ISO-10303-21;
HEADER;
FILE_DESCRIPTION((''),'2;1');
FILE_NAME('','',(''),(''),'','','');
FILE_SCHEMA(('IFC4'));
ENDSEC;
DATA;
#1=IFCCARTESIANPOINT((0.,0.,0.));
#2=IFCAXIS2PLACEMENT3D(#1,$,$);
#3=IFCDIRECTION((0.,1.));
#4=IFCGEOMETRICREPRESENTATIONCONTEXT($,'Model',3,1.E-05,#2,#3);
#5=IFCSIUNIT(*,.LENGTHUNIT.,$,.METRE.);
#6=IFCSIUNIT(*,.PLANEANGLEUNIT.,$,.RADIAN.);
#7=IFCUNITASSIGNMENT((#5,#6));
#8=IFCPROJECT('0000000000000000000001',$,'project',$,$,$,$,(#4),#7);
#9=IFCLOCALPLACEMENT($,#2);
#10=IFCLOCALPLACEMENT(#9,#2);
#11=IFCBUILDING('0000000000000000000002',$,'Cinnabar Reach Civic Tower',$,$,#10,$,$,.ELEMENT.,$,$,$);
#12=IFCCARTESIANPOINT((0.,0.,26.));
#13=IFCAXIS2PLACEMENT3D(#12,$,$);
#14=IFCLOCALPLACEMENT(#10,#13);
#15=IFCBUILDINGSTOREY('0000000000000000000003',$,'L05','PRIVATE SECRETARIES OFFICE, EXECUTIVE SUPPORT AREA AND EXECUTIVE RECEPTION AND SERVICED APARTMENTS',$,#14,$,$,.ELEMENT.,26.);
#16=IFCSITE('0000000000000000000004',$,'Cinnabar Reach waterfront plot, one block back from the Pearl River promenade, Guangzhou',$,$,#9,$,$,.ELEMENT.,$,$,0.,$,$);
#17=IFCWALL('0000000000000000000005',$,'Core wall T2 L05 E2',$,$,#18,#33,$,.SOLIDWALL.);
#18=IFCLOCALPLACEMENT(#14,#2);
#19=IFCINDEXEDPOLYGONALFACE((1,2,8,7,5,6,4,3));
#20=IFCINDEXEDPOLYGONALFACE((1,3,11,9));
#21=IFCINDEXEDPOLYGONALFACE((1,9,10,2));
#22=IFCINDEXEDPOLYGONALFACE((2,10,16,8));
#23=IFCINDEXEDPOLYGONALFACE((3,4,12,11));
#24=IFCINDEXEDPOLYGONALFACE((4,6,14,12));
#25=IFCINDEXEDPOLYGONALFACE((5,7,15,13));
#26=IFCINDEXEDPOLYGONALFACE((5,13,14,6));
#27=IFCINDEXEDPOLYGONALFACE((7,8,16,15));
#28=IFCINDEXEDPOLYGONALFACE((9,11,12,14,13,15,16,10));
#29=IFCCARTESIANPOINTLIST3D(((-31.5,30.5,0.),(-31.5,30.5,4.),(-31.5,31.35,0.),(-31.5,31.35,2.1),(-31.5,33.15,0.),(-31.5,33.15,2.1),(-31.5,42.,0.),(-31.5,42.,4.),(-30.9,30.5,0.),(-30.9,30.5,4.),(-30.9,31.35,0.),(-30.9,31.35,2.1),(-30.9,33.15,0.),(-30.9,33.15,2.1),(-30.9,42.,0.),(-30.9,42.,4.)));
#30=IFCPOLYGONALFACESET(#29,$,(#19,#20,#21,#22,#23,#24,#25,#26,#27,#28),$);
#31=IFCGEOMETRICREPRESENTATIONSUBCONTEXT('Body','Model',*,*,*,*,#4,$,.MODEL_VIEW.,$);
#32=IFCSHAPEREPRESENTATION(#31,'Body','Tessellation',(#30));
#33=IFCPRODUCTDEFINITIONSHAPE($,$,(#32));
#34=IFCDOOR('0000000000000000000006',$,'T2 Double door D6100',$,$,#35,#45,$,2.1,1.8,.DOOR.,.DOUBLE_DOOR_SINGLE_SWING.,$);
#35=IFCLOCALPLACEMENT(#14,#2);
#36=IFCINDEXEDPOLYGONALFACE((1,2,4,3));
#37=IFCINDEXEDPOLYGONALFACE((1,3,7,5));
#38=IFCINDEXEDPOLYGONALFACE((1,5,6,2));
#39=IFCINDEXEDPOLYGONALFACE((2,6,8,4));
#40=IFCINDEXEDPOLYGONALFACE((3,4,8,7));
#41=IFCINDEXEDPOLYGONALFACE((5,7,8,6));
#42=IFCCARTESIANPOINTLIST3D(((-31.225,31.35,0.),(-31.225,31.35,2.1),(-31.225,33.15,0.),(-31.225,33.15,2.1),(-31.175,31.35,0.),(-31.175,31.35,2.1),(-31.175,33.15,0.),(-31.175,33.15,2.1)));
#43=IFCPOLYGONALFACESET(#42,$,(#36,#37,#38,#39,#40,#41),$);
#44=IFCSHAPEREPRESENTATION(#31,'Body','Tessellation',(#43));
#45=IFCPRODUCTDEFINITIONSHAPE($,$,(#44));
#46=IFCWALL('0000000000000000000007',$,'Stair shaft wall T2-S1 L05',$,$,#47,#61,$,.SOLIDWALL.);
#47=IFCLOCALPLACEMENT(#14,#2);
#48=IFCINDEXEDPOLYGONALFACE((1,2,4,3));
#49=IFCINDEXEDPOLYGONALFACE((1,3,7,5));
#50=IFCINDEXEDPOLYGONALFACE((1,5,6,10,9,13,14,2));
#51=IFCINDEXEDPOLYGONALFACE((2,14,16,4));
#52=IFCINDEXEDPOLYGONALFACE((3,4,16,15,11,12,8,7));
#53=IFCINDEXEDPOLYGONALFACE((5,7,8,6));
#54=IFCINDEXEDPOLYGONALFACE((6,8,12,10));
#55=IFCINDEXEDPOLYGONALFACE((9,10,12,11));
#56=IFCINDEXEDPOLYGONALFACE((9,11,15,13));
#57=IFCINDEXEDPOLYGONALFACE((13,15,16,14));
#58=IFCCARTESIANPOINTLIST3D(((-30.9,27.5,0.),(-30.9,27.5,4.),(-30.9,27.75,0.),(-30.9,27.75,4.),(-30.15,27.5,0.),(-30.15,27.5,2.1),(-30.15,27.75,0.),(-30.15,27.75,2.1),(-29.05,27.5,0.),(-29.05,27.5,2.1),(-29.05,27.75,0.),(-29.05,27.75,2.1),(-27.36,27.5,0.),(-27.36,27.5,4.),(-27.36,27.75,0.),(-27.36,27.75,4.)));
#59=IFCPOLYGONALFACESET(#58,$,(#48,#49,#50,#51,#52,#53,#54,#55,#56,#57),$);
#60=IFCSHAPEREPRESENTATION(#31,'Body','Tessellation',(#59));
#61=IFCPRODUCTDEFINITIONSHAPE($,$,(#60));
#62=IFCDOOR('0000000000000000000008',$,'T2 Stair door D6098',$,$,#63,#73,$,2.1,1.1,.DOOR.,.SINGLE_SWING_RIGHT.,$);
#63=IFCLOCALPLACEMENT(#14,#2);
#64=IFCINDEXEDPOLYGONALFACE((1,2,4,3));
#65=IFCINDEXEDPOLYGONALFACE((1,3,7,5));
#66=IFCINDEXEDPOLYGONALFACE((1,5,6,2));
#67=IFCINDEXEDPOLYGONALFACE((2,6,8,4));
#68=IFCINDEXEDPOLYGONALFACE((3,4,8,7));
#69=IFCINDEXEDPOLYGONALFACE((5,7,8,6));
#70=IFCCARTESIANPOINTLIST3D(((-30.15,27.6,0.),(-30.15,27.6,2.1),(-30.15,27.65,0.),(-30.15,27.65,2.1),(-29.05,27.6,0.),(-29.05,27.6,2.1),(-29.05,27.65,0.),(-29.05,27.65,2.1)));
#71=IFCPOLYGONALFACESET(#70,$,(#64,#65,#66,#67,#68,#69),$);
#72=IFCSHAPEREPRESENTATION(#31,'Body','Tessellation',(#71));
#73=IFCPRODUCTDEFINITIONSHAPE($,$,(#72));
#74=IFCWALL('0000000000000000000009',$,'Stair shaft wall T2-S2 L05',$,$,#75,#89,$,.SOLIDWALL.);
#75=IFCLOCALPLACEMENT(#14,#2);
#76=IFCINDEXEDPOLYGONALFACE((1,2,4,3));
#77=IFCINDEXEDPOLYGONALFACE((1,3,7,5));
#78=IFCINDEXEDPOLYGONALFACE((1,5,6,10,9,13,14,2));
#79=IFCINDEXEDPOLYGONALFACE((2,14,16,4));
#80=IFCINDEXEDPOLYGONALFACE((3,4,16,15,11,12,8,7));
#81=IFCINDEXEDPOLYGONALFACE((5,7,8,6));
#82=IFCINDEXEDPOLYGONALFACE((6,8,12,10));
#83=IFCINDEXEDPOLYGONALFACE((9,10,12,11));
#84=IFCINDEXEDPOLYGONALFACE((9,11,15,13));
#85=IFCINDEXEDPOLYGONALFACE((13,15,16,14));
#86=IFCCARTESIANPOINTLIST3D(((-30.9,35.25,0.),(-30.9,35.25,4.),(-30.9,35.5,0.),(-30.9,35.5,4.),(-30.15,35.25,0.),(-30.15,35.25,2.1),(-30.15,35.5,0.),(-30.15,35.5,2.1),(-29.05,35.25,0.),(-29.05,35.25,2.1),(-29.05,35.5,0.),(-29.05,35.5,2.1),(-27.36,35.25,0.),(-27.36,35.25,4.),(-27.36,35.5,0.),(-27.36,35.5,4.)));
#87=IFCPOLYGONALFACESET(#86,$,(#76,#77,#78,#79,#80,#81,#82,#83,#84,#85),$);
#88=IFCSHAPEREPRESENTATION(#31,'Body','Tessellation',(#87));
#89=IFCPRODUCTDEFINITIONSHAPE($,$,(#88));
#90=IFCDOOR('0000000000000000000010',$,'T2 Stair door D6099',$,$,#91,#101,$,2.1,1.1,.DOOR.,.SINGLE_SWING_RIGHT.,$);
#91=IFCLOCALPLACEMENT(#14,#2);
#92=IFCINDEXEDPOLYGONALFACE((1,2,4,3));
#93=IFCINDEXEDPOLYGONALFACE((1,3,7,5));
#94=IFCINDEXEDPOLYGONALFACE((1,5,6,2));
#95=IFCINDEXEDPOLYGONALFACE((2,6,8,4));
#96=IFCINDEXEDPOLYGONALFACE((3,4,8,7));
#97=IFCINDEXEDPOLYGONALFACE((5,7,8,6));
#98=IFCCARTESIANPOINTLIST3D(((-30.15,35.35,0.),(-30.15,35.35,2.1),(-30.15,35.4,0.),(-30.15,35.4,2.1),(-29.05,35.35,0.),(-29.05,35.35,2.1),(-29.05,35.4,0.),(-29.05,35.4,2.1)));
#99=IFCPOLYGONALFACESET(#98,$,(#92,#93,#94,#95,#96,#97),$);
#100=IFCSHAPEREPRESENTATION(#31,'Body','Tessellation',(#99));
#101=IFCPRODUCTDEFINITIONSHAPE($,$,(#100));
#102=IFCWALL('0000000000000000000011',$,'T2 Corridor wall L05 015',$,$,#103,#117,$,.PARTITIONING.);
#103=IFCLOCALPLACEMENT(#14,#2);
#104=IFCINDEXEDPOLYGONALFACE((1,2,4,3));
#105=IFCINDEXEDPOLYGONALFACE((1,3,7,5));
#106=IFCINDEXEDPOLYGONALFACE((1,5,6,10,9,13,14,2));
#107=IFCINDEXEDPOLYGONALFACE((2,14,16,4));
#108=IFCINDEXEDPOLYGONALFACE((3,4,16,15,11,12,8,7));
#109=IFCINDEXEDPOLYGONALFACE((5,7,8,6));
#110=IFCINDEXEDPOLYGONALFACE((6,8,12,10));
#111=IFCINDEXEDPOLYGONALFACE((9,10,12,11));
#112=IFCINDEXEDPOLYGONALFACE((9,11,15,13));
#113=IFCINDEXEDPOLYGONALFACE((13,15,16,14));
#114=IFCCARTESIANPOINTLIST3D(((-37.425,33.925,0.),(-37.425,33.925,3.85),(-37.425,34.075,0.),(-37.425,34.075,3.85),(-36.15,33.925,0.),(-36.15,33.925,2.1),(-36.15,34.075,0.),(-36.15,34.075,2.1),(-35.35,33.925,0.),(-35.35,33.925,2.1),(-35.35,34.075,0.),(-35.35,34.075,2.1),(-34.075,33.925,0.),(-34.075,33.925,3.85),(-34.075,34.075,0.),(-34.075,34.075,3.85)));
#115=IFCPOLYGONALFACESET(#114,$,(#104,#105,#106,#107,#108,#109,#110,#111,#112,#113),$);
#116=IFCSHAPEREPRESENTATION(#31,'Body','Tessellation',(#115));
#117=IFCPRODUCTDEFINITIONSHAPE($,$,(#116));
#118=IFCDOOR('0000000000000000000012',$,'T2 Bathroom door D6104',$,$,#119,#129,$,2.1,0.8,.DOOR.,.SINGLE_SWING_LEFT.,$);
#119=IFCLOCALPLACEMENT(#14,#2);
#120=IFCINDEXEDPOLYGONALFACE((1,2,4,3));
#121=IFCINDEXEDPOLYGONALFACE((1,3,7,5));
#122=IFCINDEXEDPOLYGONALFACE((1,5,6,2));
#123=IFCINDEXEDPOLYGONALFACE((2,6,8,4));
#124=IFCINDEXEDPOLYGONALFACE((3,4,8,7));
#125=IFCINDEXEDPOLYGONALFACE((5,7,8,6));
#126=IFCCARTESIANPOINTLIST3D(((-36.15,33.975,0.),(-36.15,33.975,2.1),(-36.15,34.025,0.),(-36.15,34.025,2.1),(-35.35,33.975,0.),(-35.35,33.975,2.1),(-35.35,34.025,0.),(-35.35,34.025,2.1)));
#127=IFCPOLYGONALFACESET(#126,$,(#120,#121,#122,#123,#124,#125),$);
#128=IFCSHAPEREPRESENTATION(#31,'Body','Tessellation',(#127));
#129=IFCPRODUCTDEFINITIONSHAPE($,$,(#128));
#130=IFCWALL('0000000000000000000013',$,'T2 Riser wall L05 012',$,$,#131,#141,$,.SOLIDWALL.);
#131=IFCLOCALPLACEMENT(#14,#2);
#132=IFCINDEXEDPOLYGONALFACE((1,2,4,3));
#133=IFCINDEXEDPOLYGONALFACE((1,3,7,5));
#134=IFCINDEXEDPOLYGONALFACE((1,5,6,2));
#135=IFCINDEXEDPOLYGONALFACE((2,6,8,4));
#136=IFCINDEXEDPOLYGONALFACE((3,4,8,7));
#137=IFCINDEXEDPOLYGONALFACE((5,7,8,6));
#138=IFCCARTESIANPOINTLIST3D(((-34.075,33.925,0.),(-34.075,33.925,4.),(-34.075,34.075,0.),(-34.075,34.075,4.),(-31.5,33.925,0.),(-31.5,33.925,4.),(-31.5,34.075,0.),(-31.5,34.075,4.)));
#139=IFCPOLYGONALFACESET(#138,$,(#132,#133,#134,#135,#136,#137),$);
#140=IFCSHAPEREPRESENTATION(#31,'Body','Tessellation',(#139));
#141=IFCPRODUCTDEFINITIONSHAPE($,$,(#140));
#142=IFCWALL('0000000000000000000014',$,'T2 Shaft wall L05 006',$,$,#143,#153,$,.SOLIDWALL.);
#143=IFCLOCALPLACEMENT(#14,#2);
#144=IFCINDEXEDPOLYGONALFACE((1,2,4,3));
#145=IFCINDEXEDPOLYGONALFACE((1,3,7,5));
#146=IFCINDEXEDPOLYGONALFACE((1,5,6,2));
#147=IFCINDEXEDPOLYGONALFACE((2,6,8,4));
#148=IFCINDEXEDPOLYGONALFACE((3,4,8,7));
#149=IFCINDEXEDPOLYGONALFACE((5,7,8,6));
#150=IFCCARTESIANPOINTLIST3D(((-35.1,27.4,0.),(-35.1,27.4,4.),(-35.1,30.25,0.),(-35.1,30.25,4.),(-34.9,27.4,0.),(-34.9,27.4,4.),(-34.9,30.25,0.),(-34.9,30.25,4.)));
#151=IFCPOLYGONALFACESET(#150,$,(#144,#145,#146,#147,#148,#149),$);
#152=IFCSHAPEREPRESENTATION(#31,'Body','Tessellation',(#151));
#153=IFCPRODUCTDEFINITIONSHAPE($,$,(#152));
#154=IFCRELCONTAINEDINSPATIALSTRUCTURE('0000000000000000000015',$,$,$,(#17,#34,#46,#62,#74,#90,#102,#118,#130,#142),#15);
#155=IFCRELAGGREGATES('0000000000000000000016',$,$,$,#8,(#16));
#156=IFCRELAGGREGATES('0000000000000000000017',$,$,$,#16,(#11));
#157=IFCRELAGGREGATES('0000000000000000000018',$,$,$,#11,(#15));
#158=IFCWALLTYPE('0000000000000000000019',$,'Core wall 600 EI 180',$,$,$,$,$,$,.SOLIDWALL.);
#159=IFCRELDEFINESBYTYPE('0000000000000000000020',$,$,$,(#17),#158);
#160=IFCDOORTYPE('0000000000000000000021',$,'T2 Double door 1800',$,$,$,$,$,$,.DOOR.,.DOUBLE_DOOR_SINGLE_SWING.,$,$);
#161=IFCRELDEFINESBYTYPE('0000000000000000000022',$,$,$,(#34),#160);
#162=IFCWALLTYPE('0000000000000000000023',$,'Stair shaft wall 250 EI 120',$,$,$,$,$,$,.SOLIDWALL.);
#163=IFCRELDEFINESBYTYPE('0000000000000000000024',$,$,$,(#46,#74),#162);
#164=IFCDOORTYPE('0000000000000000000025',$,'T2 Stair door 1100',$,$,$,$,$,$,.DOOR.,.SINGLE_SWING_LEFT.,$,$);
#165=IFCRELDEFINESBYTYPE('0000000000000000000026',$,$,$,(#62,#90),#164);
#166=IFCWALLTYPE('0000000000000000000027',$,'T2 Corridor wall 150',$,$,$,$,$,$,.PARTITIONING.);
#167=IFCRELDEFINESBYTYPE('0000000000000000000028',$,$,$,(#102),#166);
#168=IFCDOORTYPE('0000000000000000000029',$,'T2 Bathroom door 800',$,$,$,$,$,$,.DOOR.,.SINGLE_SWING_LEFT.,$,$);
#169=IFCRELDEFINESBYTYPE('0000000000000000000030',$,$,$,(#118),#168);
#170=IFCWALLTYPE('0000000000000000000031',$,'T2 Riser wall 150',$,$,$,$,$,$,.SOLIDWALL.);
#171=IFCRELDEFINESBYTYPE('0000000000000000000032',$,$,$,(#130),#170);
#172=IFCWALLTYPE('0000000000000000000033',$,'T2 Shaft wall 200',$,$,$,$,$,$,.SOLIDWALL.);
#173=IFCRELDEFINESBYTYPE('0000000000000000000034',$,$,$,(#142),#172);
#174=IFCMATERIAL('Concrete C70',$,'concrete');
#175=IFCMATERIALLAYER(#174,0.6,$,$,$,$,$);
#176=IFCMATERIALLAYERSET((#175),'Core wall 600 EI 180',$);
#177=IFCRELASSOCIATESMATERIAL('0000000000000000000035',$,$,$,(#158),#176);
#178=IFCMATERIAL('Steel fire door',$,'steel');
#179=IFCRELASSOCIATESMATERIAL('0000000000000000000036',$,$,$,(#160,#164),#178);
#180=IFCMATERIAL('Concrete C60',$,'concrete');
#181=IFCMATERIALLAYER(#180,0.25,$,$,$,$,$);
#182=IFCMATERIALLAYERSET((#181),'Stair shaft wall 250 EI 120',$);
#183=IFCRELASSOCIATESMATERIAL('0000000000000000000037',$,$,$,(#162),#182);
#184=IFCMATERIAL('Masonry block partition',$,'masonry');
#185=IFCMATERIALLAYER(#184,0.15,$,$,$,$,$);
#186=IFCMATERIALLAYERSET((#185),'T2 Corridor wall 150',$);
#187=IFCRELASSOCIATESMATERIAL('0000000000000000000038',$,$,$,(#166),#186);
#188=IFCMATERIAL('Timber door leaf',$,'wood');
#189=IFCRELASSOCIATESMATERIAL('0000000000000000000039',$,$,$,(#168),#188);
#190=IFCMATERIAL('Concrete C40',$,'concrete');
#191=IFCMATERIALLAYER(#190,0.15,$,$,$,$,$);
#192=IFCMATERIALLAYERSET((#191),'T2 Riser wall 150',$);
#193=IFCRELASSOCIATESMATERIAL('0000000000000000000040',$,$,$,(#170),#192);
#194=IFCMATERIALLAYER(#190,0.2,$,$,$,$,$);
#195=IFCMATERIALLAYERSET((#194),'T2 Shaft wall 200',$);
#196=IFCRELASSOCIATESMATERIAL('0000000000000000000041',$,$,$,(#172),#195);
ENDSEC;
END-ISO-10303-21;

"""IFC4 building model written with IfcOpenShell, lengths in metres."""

from ifc_helpers import new_model, si_unit, direction, frame, frame_2d, origin, place, context, subcontext, project, spatial, rectangle, extrude, material, layer, layer_set, type_object, element, fill, save


model = new_model("IFC4")

# Units and contexts
model_context = context("Model", 3, precision=1e-05, world=origin(), true_north=direction((0.0, 1.0)))
body_context = subcontext(model_context, "Body", "Model", "MODEL_VIEW")
ifc_project = project(units=[si_unit("LENGTHUNIT", "METRE"), si_unit("PLANEANGLEUNIT", "RADIAN")], contexts=[model_context])

# Site, building, storey
site_placement = place(None, origin())
site = spatial("IfcSite", under=ifc_project, at=site_placement, Name="Cinnabar Reach waterfront plot, one block back from the Pearl River promenade, Guangzhou", CompositionType="ELEMENT", RefElevation=0.0)
building_placement = place(site_placement, origin())
building = spatial("IfcBuilding", under=site, at=building_placement, Name="Cinnabar Reach Civic Tower", CompositionType="ELEMENT")
storey_placement = place(building_placement, frame((0.0, 0.0, 26.0)))
storey = spatial("IfcBuildingStorey", under=building, at=storey_placement, Name="L05", Description="PRIVATE SECRETARIES OFFICE, EXECUTIVE SUPPORT AREA AND EXECUTIVE RECEPTION AND SERVICED APARTMENTS", CompositionType="ELEMENT", Elevation=26.0)

# Shared definitions
ifc_material_1 = material(Name="Concrete C70", Category="concrete")

# Walls, openings, doors
ifc_layer_1 = layer(ifc_material_1, 0.6)
ifc_layer_set_1 = layer_set([ifc_layer_1], Name="Core wall 600 EI 180")
wall_type_1 = type_object("IfcWallType", Name="Core wall 600 EI 180", PredefinedType="SOLIDWALL", material=ifc_layer_set_1)
wall_1_placement = place(storey_placement, frame((-31.2, 30.5, 0.0), z_axis=(0.0, 0.0, 1.0), x_axis=(0.0, 1.0, 0.0)))
wall_1 = element("IfcWall", 1, at=wall_1_placement, inside=storey, type_object=wall_type_1, Name="Core wall T2 L05 E2", PredefinedType="SOLIDWALL", context=body_context, shape_type="SweptSolid", body=[
    extrude(rectangle(XDim=11.5, YDim=0.6, at=frame_2d((5.75, 0.0))), origin(), (0.0, 0.0, 1.0), 4.0),
])
opening_1_placement = place(wall_1_placement, frame((0.85, 0.0, 0.0)))
opening_1 = element("IfcOpeningElement", 2, at=opening_1_placement, cuts=wall_1, PredefinedType="OPENING", context=body_context, shape_type="SweptSolid", body=[
    extrude(rectangle(XDim=1.8, YDim=2.1, at=frame_2d((0.9, 1.05))), frame((0.0, 0.31, 0.0), z_axis=(0.0, -1.0, 0.0), x_axis=(1.0, 0.0, 0.0)), (0.0, 0.0, 1.0), 0.62),
])
ifc_material_2 = material(Name="Steel fire door", Category="steel")
door_type_1 = type_object("IfcDoorType", Name="T2 Double door 1800", OperationType="DOUBLE_DOOR_SINGLE_SWING", PredefinedType="DOOR", material=ifc_material_2)
door_1_placement = place(opening_1_placement, origin())
door_1 = element("IfcDoor", 3, at=door_1_placement, inside=storey, type_object=door_type_1, Name="T2 Double door D6100", OperationType="DOUBLE_DOOR_SINGLE_SWING", OverallHeight=2.1, OverallWidth=1.8, PredefinedType="DOOR", context=body_context, shape_type="SweptSolid", body=[
    extrude(rectangle(XDim=1.8, YDim=2.1, at=frame_2d((0.9, 1.05))), frame((0.0, 0.025, 0.0), z_axis=(0.0, -1.0, 0.0), x_axis=(1.0, 0.0, 0.0)), (0.0, 0.0, 1.0), 0.05),
])
fill(opening_1, door_1)
ifc_material_3 = material(Name="Concrete C60", Category="concrete")
ifc_layer_2 = layer(ifc_material_3, 0.25)
ifc_layer_set_2 = layer_set([ifc_layer_2], Name="Stair shaft wall 250 EI 120")
wall_type_2 = type_object("IfcWallType", Name="Stair shaft wall 250 EI 120", PredefinedType="SOLIDWALL", material=ifc_layer_set_2)
wall_2_placement = place(storey_placement, frame((-27.36, 27.625, 0.0), z_axis=(0.0, 0.0, 1.0), x_axis=(-1.0, 0.0, 0.0)))
wall_2 = element("IfcWall", 4, at=wall_2_placement, inside=storey, type_object=wall_type_2, Name="Stair shaft wall T2-S1 L05", PredefinedType="SOLIDWALL", context=body_context, shape_type="SweptSolid", body=[
    extrude(rectangle(XDim=3.54, YDim=0.25, at=frame_2d((1.77, 0.0))), origin(), (0.0, 0.0, 1.0), 4.0),
])
opening_2_placement = place(wall_2_placement, frame((1.69, 0.0, 0.0)))
opening_2 = element("IfcOpeningElement", 5, at=opening_2_placement, cuts=wall_2, PredefinedType="OPENING", context=body_context, shape_type="SweptSolid", body=[
    extrude(rectangle(XDim=1.1, YDim=2.1, at=frame_2d((0.55, 1.05))), frame((0.0, 0.135, 0.0), z_axis=(0.0, -1.0, 0.0), x_axis=(1.0, 0.0, 0.0)), (0.0, 0.0, 1.0), 0.27),
])
door_type_2 = type_object("IfcDoorType", Name="T2 Stair door 1100", OperationType="SINGLE_SWING_LEFT", PredefinedType="DOOR", material=ifc_material_2)
door_2_placement = place(opening_2_placement, origin())
door_2 = element("IfcDoor", 6, at=door_2_placement, inside=storey, type_object=door_type_2, Name="T2 Stair door D6098", OperationType="SINGLE_SWING_RIGHT", OverallHeight=2.1, OverallWidth=1.1, PredefinedType="DOOR", context=body_context, shape_type="SweptSolid", body=[
    extrude(rectangle(XDim=1.1, YDim=2.1, at=frame_2d((0.55, 1.05))), frame((0.0, 0.025, 0.0), z_axis=(0.0, -1.0, 0.0), x_axis=(1.0, 0.0, 0.0)), (0.0, 0.0, 1.0), 0.05),
])
fill(opening_2, door_2)
wall_3_placement = place(storey_placement, frame((-30.9, 35.375, 0.0), z_axis=(0.0, 0.0, 1.0), x_axis=(1.0, 0.0, 0.0)))
wall_3 = element("IfcWall", 7, at=wall_3_placement, inside=storey, type_object=wall_type_2, Name="Stair shaft wall T2-S2 L05", PredefinedType="SOLIDWALL", context=body_context, shape_type="SweptSolid", body=[
    extrude(rectangle(XDim=3.54, YDim=0.25, at=frame_2d((1.77, 0.0))), origin(), (0.0, 0.0, 1.0), 4.0),
])
opening_3_placement = place(wall_3_placement, frame((0.75, 0.0, 0.0)))
opening_3 = element("IfcOpeningElement", 8, at=opening_3_placement, cuts=wall_3, PredefinedType="OPENING", context=body_context, shape_type="SweptSolid", body=[
    extrude(rectangle(XDim=1.1, YDim=2.1, at=frame_2d((0.55, 1.05))), frame((0.0, 0.135, 0.0), z_axis=(0.0, -1.0, 0.0), x_axis=(1.0, 0.0, 0.0)), (0.0, 0.0, 1.0), 0.27),
])
door_3_placement = place(opening_3_placement, origin())
door_3 = element("IfcDoor", 9, at=door_3_placement, inside=storey, type_object=door_type_2, Name="T2 Stair door D6099", OperationType="SINGLE_SWING_RIGHT", OverallHeight=2.1, OverallWidth=1.1, PredefinedType="DOOR", context=body_context, shape_type="SweptSolid", body=[
    extrude(rectangle(XDim=1.1, YDim=2.1, at=frame_2d((0.55, 1.05))), frame((0.0, 0.025, 0.0), z_axis=(0.0, -1.0, 0.0), x_axis=(1.0, 0.0, 0.0)), (0.0, 0.0, 1.0), 0.05),
])
fill(opening_3, door_3)
ifc_material_4 = material(Name="Masonry block partition", Category="masonry")
ifc_layer_3 = layer(ifc_material_4, 0.15)
ifc_layer_set_3 = layer_set([ifc_layer_3], Name="T2 Corridor wall 150")
wall_type_3 = type_object("IfcWallType", Name="T2 Corridor wall 150", PredefinedType="PARTITIONING", material=ifc_layer_set_3)
wall_4_placement = place(storey_placement, frame((-34.075, 34.0, 0.0), z_axis=(0.0, 0.0, 1.0), x_axis=(-1.0, 0.0, 0.0)))
wall_4 = element("IfcWall", 10, at=wall_4_placement, inside=storey, type_object=wall_type_3, Name="T2 Corridor wall L05 015", PredefinedType="PARTITIONING", context=body_context, shape_type="SweptSolid", body=[
    extrude(rectangle(XDim=3.35, YDim=0.15, at=frame_2d((1.675, 0.0))), origin(), (0.0, 0.0, 1.0), 3.85),
])
opening_4_placement = place(wall_4_placement, frame((1.275, 0.0, 0.0)))
opening_4 = element("IfcOpeningElement", 11, at=opening_4_placement, cuts=wall_4, PredefinedType="OPENING", context=body_context, shape_type="SweptSolid", body=[
    extrude(rectangle(XDim=0.8, YDim=2.1, at=frame_2d((0.4, 1.05))), frame((0.0, 0.085, 0.0), z_axis=(0.0, -1.0, 0.0), x_axis=(1.0, 0.0, 0.0)), (0.0, 0.0, 1.0), 0.17),
])
ifc_material_5 = material(Name="Timber door leaf", Category="wood")
door_type_3 = type_object("IfcDoorType", Name="T2 Bathroom door 800", OperationType="SINGLE_SWING_LEFT", PredefinedType="DOOR", material=ifc_material_5)
door_4_placement = place(opening_4_placement, frame((0.8, 0.0, 0.0), z_axis=(0.0, 0.0, 1.0), x_axis=(-1.0, 0.0, 0.0)))
door_4 = element("IfcDoor", 12, at=door_4_placement, inside=storey, type_object=door_type_3, Name="T2 Bathroom door D6104", OperationType="SINGLE_SWING_LEFT", OverallHeight=2.1, OverallWidth=0.8, PredefinedType="DOOR", context=body_context, shape_type="SweptSolid", body=[
    extrude(rectangle(XDim=0.8, YDim=2.1, at=frame_2d((0.4, 1.05))), frame((0.0, 0.025, 0.0), z_axis=(0.0, -1.0, 0.0), x_axis=(1.0, 0.0, 0.0)), (0.0, 0.0, 1.0), 0.05),
])
fill(opening_4, door_4)

# Walls
ifc_material_6 = material(Name="Concrete C40", Category="concrete")
ifc_layer_4 = layer(ifc_material_6, 0.15)
ifc_layer_set_4 = layer_set([ifc_layer_4], Name="T2 Riser wall 150")
wall_type_4 = type_object("IfcWallType", Name="T2 Riser wall 150", PredefinedType="SOLIDWALL", material=ifc_layer_set_4)
wall_5_placement = place(storey_placement, frame((-34.075, 34.0, 0.0), z_axis=(0.0, 0.0, 1.0), x_axis=(1.0, 0.0, 0.0)))
element("IfcWall", 13, at=wall_5_placement, inside=storey, type_object=wall_type_4, Name="T2 Riser wall L05 012", PredefinedType="SOLIDWALL", context=body_context, shape_type="SweptSolid", body=[
    extrude(rectangle(XDim=2.575, YDim=0.15, at=frame_2d((1.2875, 0.0))), origin(), (0.0, 0.0, 1.0), 4.0),
])
ifc_layer_5 = layer(ifc_material_6, 0.2)
ifc_layer_set_5 = layer_set([ifc_layer_5], Name="T2 Shaft wall 200")
wall_type_5 = type_object("IfcWallType", Name="T2 Shaft wall 200", PredefinedType="SOLIDWALL", material=ifc_layer_set_5)
wall_6_placement = place(storey_placement, frame((-35.0, 27.4, 0.0), z_axis=(0.0, 0.0, 1.0), x_axis=(0.0, 1.0, 0.0)))
element("IfcWall", 14, at=wall_6_placement, inside=storey, type_object=wall_type_5, Name="T2 Shaft wall L05 006", PredefinedType="SOLIDWALL", context=body_context, shape_type="SweptSolid", body=[
    extrude(rectangle(XDim=2.85, YDim=0.2, at=frame_2d((1.425, 0.0))), origin(), (0.0, 0.0, 1.0), 4.0),
])

save(model, "model.ifc")
